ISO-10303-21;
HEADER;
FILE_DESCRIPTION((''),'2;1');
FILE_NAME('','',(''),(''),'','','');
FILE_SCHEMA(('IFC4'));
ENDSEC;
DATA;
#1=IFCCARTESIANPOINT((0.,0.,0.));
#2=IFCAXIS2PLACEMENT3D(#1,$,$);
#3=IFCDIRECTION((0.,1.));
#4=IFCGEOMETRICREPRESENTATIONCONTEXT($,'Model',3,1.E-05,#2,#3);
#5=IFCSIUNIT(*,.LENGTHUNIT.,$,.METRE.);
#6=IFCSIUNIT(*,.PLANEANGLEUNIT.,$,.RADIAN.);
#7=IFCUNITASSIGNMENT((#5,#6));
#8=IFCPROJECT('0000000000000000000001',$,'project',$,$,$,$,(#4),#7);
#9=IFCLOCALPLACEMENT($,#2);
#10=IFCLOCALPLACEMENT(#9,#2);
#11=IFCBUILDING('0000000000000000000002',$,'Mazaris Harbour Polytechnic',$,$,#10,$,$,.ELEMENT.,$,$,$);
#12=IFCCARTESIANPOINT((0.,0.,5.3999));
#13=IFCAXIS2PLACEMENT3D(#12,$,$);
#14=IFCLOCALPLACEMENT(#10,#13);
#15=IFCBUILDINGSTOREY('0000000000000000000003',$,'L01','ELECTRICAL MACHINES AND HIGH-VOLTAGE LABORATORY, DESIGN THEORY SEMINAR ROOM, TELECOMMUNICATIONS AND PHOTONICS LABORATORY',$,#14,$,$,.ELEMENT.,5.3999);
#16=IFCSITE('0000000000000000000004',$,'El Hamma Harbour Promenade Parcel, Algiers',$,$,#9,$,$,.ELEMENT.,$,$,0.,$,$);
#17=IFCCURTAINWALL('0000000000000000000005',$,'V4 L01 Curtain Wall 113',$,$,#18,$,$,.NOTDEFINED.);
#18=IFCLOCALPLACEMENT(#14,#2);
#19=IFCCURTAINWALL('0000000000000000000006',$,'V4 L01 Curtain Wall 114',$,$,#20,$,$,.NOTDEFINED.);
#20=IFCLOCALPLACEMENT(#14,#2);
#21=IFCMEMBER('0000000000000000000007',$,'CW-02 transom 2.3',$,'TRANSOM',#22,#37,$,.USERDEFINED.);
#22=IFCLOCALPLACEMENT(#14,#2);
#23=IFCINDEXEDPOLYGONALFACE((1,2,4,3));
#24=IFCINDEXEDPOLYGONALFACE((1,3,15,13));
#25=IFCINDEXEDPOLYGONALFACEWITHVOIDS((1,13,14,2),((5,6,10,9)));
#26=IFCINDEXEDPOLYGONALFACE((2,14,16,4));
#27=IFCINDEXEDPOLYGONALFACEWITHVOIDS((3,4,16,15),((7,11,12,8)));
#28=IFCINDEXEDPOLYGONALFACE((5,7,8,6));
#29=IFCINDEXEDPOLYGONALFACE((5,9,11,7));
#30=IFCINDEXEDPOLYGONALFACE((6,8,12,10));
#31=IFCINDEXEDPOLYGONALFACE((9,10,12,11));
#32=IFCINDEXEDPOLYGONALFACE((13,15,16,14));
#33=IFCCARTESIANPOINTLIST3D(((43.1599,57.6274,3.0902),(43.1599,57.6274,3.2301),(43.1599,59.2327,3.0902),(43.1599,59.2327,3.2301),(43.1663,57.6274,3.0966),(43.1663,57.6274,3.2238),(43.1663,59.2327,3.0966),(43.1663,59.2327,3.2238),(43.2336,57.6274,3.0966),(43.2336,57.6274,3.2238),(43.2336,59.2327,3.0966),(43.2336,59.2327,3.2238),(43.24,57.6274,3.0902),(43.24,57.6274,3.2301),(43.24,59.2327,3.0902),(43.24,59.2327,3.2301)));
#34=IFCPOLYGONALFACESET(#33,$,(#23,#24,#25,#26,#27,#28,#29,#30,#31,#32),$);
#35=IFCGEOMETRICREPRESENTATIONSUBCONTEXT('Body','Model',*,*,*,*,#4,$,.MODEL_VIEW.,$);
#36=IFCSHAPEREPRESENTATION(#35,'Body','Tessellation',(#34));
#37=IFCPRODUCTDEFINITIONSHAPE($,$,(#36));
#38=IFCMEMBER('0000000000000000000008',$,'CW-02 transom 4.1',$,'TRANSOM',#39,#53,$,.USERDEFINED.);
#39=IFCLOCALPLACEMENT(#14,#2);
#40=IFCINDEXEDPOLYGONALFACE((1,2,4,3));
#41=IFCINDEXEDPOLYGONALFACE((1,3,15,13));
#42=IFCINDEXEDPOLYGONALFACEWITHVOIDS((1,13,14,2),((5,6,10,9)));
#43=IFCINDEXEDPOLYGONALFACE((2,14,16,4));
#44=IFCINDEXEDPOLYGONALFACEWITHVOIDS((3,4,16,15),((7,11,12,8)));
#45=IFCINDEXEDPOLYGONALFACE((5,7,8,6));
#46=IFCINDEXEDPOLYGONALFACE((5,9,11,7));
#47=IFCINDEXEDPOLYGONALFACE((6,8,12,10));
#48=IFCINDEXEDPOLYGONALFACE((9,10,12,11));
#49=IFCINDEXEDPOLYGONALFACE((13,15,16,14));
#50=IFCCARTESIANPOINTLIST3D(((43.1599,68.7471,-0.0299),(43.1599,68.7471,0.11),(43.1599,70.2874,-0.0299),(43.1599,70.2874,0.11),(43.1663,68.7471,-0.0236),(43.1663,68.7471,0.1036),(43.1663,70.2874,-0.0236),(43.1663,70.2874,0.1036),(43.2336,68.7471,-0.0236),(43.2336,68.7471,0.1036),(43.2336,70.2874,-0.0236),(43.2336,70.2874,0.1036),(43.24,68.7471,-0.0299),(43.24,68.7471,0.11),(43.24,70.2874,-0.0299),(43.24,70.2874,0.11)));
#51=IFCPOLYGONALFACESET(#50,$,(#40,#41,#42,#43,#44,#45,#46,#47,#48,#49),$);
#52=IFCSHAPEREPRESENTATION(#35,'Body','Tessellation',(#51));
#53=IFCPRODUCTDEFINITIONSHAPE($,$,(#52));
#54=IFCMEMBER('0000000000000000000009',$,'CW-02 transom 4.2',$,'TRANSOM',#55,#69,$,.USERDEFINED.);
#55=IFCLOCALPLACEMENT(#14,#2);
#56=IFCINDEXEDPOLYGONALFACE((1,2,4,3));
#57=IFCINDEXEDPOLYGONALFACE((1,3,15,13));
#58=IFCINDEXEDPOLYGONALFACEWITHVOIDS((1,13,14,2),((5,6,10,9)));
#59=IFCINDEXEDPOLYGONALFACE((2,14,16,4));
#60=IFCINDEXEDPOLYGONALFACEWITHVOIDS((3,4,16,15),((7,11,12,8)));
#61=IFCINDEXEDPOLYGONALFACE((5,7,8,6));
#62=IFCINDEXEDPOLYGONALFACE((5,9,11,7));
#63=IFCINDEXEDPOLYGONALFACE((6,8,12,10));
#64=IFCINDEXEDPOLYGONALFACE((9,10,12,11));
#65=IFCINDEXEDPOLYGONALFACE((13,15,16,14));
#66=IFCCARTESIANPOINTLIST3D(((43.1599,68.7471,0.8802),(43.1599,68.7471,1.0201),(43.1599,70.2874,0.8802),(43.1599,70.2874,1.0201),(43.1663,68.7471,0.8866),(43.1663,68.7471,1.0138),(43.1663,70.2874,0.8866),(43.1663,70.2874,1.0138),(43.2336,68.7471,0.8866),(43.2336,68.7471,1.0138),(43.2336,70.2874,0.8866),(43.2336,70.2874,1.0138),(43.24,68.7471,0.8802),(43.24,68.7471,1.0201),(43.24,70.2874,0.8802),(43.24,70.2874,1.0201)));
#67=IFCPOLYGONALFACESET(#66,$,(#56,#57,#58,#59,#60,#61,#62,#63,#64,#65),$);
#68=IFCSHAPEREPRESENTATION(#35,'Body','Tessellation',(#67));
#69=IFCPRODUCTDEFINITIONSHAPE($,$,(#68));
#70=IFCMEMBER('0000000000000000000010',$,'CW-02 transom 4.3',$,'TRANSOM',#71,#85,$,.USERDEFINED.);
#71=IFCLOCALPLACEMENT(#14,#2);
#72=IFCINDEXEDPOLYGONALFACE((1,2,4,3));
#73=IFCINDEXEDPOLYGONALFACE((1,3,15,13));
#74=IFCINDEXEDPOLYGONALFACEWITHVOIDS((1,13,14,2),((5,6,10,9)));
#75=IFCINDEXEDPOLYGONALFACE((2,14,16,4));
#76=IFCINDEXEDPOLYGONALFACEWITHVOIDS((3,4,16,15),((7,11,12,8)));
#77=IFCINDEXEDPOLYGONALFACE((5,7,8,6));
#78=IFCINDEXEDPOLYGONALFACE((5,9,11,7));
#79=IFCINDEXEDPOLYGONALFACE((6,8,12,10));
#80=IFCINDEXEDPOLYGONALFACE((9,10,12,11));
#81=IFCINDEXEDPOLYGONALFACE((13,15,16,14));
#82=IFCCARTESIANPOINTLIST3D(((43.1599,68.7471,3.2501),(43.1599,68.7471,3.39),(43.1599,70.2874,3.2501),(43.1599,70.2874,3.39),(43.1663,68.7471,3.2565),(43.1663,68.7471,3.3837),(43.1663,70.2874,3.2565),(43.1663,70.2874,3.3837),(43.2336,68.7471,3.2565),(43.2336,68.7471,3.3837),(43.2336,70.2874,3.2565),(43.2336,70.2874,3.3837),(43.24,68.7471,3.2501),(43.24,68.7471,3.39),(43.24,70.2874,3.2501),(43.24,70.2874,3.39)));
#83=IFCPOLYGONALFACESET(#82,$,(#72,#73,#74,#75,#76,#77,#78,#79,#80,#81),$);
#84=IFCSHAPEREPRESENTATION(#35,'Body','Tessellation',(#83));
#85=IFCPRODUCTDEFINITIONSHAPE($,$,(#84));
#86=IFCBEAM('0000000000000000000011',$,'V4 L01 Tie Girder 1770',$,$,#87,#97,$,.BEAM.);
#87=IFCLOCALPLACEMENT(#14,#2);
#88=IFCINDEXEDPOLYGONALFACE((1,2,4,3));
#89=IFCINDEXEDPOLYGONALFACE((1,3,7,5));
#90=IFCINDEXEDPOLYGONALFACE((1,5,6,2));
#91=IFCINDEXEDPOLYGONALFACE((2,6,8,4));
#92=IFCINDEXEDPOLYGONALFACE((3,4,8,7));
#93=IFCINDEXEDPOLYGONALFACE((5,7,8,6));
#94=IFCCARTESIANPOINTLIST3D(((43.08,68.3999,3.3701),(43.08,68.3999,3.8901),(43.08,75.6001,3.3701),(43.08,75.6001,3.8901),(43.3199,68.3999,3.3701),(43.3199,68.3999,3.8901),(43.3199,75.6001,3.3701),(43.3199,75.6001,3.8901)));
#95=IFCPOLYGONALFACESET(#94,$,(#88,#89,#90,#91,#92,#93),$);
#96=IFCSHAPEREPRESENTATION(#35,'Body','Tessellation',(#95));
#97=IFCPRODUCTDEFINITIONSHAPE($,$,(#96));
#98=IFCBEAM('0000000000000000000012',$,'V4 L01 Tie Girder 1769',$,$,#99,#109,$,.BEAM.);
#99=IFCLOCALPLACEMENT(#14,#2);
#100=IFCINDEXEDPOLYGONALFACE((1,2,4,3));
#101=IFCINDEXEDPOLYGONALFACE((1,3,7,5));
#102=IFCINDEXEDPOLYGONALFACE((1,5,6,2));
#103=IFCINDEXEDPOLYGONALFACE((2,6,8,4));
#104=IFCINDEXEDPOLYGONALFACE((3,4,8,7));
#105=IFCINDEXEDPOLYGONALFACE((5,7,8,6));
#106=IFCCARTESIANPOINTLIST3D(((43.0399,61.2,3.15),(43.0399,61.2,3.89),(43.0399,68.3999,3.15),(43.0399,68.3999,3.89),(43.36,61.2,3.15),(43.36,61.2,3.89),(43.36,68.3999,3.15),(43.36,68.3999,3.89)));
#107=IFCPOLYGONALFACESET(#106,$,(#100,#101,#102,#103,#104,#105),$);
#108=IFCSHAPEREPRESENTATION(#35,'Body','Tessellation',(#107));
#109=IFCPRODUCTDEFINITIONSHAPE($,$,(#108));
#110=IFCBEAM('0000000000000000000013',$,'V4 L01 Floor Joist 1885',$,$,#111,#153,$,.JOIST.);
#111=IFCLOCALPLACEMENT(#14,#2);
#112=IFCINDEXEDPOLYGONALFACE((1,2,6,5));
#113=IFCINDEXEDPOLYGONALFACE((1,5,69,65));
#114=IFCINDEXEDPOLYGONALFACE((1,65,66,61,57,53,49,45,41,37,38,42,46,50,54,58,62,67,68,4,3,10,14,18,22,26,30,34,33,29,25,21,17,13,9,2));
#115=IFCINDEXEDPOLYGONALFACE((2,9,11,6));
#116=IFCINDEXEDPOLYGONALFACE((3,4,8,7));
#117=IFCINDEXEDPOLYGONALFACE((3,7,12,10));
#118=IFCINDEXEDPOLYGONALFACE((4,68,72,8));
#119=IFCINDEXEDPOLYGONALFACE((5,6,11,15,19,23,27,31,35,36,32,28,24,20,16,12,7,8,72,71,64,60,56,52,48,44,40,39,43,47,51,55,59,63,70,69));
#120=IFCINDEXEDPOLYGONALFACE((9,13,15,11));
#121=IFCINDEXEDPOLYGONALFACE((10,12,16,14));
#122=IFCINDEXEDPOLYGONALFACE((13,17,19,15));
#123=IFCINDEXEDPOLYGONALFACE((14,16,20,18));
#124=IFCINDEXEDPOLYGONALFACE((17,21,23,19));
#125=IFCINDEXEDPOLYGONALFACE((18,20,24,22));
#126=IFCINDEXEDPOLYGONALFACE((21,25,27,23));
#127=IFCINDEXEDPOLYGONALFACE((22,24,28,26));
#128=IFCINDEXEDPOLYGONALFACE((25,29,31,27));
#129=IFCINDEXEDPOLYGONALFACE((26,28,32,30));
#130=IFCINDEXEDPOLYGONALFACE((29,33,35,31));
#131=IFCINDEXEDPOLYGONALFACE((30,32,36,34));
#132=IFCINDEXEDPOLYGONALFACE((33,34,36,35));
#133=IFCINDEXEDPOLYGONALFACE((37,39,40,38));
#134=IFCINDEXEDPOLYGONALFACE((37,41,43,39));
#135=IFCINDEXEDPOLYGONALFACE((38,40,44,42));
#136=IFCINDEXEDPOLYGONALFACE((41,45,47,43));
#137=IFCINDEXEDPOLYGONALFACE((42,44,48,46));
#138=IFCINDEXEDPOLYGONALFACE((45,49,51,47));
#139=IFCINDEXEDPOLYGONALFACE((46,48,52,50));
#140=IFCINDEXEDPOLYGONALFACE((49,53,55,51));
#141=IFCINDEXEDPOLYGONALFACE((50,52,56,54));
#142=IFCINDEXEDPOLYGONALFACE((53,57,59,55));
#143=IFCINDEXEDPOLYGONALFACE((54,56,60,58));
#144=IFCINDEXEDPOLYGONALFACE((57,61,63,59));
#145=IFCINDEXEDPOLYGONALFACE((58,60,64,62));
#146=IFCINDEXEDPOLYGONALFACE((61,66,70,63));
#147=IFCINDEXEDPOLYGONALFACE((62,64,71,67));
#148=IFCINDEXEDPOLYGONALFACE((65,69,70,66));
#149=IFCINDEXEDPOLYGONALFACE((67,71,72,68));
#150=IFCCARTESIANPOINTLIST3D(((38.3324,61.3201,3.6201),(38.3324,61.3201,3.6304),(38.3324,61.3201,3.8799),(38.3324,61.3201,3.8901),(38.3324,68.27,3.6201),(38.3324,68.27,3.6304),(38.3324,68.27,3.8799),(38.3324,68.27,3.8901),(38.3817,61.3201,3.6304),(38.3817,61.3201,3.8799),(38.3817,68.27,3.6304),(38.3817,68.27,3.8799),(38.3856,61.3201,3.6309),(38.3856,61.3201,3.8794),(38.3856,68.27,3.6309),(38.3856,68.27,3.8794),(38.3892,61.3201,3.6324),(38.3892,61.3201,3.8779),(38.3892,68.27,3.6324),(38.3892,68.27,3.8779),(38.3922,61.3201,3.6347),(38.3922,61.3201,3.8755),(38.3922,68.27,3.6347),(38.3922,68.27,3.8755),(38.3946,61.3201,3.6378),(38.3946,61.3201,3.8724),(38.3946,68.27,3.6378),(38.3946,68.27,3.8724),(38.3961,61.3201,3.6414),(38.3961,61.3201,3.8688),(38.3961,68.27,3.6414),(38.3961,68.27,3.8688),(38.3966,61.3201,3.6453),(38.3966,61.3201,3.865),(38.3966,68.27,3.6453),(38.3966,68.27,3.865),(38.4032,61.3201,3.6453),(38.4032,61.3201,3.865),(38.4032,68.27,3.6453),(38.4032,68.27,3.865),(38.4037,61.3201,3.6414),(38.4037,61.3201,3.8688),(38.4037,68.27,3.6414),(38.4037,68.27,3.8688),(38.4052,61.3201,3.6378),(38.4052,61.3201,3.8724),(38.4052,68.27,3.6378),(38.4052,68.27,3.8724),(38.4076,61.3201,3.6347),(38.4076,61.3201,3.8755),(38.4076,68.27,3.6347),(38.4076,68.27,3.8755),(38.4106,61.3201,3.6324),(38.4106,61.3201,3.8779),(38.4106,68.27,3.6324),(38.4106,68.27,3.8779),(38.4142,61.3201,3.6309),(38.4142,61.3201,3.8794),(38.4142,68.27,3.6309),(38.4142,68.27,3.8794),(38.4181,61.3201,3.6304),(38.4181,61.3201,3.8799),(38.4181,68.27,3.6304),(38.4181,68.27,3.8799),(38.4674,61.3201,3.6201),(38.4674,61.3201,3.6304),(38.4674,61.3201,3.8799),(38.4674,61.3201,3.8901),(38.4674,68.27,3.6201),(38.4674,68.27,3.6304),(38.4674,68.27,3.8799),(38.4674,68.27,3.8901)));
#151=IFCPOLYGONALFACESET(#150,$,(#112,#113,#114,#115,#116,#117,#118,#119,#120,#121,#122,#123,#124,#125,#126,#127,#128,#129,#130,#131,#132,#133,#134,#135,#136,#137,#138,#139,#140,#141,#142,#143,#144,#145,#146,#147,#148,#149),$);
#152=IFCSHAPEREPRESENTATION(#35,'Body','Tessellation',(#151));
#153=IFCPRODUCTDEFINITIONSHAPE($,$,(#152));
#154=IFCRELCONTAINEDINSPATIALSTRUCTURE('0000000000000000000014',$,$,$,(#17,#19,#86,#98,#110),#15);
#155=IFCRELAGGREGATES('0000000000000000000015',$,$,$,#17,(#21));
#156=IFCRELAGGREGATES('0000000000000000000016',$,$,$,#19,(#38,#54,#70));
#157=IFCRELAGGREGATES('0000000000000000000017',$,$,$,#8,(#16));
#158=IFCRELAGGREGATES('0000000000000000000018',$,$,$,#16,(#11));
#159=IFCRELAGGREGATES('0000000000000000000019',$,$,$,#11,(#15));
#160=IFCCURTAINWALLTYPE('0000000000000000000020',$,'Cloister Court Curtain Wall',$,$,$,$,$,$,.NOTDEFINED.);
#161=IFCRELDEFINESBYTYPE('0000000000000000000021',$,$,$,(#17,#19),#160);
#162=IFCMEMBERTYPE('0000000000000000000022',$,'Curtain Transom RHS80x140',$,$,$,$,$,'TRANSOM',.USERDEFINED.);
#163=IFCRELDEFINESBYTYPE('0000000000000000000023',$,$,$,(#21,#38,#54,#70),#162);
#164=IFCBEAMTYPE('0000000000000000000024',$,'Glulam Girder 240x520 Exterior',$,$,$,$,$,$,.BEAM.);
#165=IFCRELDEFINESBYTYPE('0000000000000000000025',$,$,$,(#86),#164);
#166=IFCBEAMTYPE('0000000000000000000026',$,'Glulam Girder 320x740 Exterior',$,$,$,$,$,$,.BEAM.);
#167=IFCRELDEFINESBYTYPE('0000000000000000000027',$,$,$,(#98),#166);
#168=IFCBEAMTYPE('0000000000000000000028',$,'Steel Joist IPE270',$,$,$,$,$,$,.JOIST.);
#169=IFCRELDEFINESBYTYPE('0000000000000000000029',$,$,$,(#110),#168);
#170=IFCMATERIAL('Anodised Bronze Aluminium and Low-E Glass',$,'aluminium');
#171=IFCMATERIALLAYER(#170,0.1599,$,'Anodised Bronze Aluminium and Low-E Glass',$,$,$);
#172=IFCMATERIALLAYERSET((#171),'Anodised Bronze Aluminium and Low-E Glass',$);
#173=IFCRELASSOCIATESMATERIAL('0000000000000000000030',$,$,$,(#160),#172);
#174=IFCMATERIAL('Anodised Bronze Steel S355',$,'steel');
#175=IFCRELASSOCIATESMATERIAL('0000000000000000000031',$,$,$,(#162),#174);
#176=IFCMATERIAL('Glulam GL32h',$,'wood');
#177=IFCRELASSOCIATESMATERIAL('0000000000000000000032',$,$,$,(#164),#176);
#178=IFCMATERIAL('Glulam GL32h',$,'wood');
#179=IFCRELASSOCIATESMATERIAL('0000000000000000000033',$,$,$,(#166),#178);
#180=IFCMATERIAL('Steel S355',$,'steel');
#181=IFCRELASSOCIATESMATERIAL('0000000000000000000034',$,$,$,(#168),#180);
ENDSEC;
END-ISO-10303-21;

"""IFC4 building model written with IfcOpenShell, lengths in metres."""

from ifc_helpers import new_model, si_unit, direction, frame, origin, origin_2d, place, context, subcontext, project, spatial, rectangle, hollow_rectangle, i_section, extrude, material, layer, layer_set, material_profile, profile_set, type_object, element, aggregate, save


model = new_model("IFC4")

# Units and contexts
model_context = context("Model", 3, precision=1e-05, world=origin(), true_north=direction((0.0, 1.0)))
body_context = subcontext(model_context, "Body", "Model", "MODEL_VIEW")
ifc_project = project(units=[si_unit("LENGTHUNIT", "METRE"), si_unit("PLANEANGLEUNIT", "RADIAN")], contexts=[model_context])

# Site, building, storey
site_placement = place(None, origin())
site = spatial("IfcSite", under=ifc_project, at=site_placement, Name="El Hamma Harbour Promenade Parcel, Algiers", CompositionType="ELEMENT", RefElevation=0.0)
building_placement = place(site_placement, origin())
building = spatial("IfcBuilding", under=site, at=building_placement, Name="Mazaris Harbour Polytechnic", CompositionType="ELEMENT")
storey_placement = place(building_placement, frame((0.0, 0.0, 5.3999)))
storey = spatial("IfcBuildingStorey", under=building, at=storey_placement, Name="L01", Description="ELECTRICAL MACHINES AND HIGH-VOLTAGE LABORATORY, DESIGN THEORY SEMINAR ROOM, TELECOMMUNICATIONS AND PHOTONICS LABORATORY", CompositionType="ELEMENT", Elevation=5.3999)

# Curtain wall
ifc_material_1 = material(Name="Anodised Bronze Aluminium and Low-E Glass", Category="aluminium")
ifc_layer_1 = layer(ifc_material_1, 0.1599, Name="Anodised Bronze Aluminium and Low-E Glass")
ifc_layer_set_1 = layer_set([ifc_layer_1], Name="Anodised Bronze Aluminium and Low-E Glass")
curtain_wall_type = type_object("IfcCurtainWallType", Name="Cloister Court Curtain Wall", PredefinedType="NOTDEFINED", material=ifc_layer_set_1)
curtain_wall_1_placement = place(storey_placement, origin())
curtain_wall_1 = element("IfcCurtainWall", 1, at=curtain_wall_1_placement, inside=storey, type_object=curtain_wall_type, Name="V4 L01 Curtain Wall 113", PredefinedType="NOTDEFINED")

# Curtain wall
curtain_wall_2_placement = place(storey_placement, origin())
curtain_wall_2 = element("IfcCurtainWall", 2, at=curtain_wall_2_placement, inside=storey, type_object=curtain_wall_type, Name="V4 L01 Curtain Wall 114", PredefinedType="NOTDEFINED")

# Members
ifc_material_2 = material(Name="Anodised Bronze Steel S355", Category="steel")
ifc_material_profile_1 = material_profile(ifc_material_2, hollow_rectangle(XDim=0.0801, YDim=0.1399, WallThickness=0.0063, at=origin_2d()), Name="RHS 80x140x6.3")
ifc_profile_set_1 = profile_set([ifc_material_profile_1], Name="Anodised Bronze Steel S355")
member_type_1 = type_object("IfcMemberType", Name="Curtain Transom RHS80x140", ElementType="TRANSOM", PredefinedType="USERDEFINED", material=ifc_profile_set_1)
member_1_placement = place(storey_placement, frame((43.2, 59.2327, 3.1602), z_axis=(0.0, -1.0, 0.0), x_axis=(1.0, 0.0, 0.0)))
member_1 = element("IfcMember", 3, at=member_1_placement, type_object=member_type_1, Name="CW-02 transom 2.3", ObjectType="TRANSOM", PredefinedType="USERDEFINED", context=body_context, shape_type="SweptSolid", body=[
    extrude(hollow_rectangle(XDim=0.0801, YDim=0.1399, WallThickness=0.0063, at=origin_2d()), origin(), (0.0, 0.0, 1.0), 1.6052),
])
member_2_placement = place(storey_placement, frame((43.2, 70.2874, 0.04), z_axis=(0.0, -1.0, 0.0), x_axis=(1.0, 0.0, 0.0)))
member_2 = element("IfcMember", 4, at=member_2_placement, type_object=member_type_1, Name="CW-02 transom 4.1", ObjectType="TRANSOM", PredefinedType="USERDEFINED", context=body_context, shape_type="SweptSolid", body=[
    extrude(hollow_rectangle(XDim=0.0801, YDim=0.1399, WallThickness=0.0063, at=origin_2d()), origin(), (0.0, 0.0, 1.0), 1.5403),
])
member_3_placement = place(storey_placement, frame((43.2, 70.2874, 0.9502), z_axis=(0.0, -1.0, 0.0), x_axis=(1.0, 0.0, 0.0)))
member_3 = element("IfcMember", 5, at=member_3_placement, type_object=member_type_1, Name="CW-02 transom 4.2", ObjectType="TRANSOM", PredefinedType="USERDEFINED", context=body_context, shape_type="SweptSolid", body=[
    extrude(hollow_rectangle(XDim=0.0801, YDim=0.1399, WallThickness=0.0063, at=origin_2d()), origin(), (0.0, 0.0, 1.0), 1.5403),
])
member_4_placement = place(storey_placement, frame((43.2, 70.2874, 3.3201), z_axis=(0.0, -1.0, 0.0), x_axis=(1.0, 0.0, 0.0)))
member_4 = element("IfcMember", 6, at=member_4_placement, type_object=member_type_1, Name="CW-02 transom 4.3", ObjectType="TRANSOM", PredefinedType="USERDEFINED", context=body_context, shape_type="SweptSolid", body=[
    extrude(hollow_rectangle(XDim=0.0801, YDim=0.1399, WallThickness=0.0063, at=origin_2d()), origin(), (0.0, 0.0, 1.0), 1.5403),
])

# Beams
ifc_material_3 = material(Name="Glulam GL32h", Category="wood")
ifc_material_profile_2 = material_profile(ifc_material_3, rectangle(XDim=0.24, YDim=0.52, at=origin_2d()), Name="RECT240x520")
ifc_profile_set_2 = profile_set([ifc_material_profile_2], Name="Glulam GL32h")
beam_type_1 = type_object("IfcBeamType", Name="Glulam Girder 240x520 Exterior", PredefinedType="BEAM", material=ifc_profile_set_2)
beam_1_placement = place(storey_placement, frame((43.2, 68.3999, 3.6301), z_axis=(0.0, 1.0, 0.0), x_axis=(-1.0, 0.0, 0.0)))
element("IfcBeam", 7, at=beam_1_placement, inside=storey, type_object=beam_type_1, Name="V4 L01 Tie Girder 1770", PredefinedType="BEAM", context=body_context, shape_type="SweptSolid", body=[
    extrude(rectangle(XDim=0.24, YDim=0.52, at=origin_2d()), origin(), (0.0, 0.0, 1.0), 7.2002),
])
ifc_material_4 = material(Name="Glulam GL32h", Category="wood")
ifc_material_profile_3 = material_profile(ifc_material_4, rectangle(XDim=0.3201, YDim=0.74, at=origin_2d()), Name="RECT320x740")
ifc_profile_set_3 = profile_set([ifc_material_profile_3], Name="Glulam GL32h")
beam_type_2 = type_object("IfcBeamType", Name="Glulam Girder 320x740 Exterior", PredefinedType="BEAM", material=ifc_profile_set_3)
beam_2_placement = place(storey_placement, frame((43.2, 61.2, 3.52), z_axis=(0.0, 1.0, 0.0), x_axis=(-1.0, 0.0, 0.0)))
element("IfcBeam", 8, at=beam_2_placement, inside=storey, type_object=beam_type_2, Name="V4 L01 Tie Girder 1769", PredefinedType="BEAM", context=body_context, shape_type="SweptSolid", body=[
    extrude(rectangle(XDim=0.3201, YDim=0.74, at=origin_2d()), origin(), (0.0, 0.0, 1.0), 7.2),
])
ifc_material_5 = material(Name="Steel S355", Category="steel")
ifc_material_profile_4 = material_profile(ifc_material_5, i_section(OverallWidth=0.135, OverallDepth=0.27, WebThickness=0.0066, FlangeThickness=0.0103, FilletRadius=0.0149, at=origin_2d()), Name="IPE 270")
ifc_profile_set_4 = profile_set([ifc_material_profile_4], Name="Steel S355")
beam_type_3 = type_object("IfcBeamType", Name="Steel Joist IPE270", PredefinedType="JOIST", material=ifc_profile_set_4)
beam_3_placement = place(storey_placement, frame((38.3999, 61.3201, 3.7551), z_axis=(0.0, 1.0, 0.0), x_axis=(-1.0, 0.0, 0.0)))
element("IfcBeam", 9, at=beam_3_placement, inside=storey, type_object=beam_type_3, Name="V4 L01 Floor Joist 1885", PredefinedType="JOIST", context=body_context, shape_type="SweptSolid", body=[
    extrude(i_section(OverallWidth=0.135, OverallDepth=0.27, WebThickness=0.0066, FlangeThickness=0.0103, FilletRadius=0.0149, at=origin_2d()), origin(), (0.0, 0.0, 1.0), 6.95),
])

aggregate(curtain_wall_1, [member_1])
aggregate(curtain_wall_2, [member_2, member_3, member_4])

save(model, "model.ifc")
